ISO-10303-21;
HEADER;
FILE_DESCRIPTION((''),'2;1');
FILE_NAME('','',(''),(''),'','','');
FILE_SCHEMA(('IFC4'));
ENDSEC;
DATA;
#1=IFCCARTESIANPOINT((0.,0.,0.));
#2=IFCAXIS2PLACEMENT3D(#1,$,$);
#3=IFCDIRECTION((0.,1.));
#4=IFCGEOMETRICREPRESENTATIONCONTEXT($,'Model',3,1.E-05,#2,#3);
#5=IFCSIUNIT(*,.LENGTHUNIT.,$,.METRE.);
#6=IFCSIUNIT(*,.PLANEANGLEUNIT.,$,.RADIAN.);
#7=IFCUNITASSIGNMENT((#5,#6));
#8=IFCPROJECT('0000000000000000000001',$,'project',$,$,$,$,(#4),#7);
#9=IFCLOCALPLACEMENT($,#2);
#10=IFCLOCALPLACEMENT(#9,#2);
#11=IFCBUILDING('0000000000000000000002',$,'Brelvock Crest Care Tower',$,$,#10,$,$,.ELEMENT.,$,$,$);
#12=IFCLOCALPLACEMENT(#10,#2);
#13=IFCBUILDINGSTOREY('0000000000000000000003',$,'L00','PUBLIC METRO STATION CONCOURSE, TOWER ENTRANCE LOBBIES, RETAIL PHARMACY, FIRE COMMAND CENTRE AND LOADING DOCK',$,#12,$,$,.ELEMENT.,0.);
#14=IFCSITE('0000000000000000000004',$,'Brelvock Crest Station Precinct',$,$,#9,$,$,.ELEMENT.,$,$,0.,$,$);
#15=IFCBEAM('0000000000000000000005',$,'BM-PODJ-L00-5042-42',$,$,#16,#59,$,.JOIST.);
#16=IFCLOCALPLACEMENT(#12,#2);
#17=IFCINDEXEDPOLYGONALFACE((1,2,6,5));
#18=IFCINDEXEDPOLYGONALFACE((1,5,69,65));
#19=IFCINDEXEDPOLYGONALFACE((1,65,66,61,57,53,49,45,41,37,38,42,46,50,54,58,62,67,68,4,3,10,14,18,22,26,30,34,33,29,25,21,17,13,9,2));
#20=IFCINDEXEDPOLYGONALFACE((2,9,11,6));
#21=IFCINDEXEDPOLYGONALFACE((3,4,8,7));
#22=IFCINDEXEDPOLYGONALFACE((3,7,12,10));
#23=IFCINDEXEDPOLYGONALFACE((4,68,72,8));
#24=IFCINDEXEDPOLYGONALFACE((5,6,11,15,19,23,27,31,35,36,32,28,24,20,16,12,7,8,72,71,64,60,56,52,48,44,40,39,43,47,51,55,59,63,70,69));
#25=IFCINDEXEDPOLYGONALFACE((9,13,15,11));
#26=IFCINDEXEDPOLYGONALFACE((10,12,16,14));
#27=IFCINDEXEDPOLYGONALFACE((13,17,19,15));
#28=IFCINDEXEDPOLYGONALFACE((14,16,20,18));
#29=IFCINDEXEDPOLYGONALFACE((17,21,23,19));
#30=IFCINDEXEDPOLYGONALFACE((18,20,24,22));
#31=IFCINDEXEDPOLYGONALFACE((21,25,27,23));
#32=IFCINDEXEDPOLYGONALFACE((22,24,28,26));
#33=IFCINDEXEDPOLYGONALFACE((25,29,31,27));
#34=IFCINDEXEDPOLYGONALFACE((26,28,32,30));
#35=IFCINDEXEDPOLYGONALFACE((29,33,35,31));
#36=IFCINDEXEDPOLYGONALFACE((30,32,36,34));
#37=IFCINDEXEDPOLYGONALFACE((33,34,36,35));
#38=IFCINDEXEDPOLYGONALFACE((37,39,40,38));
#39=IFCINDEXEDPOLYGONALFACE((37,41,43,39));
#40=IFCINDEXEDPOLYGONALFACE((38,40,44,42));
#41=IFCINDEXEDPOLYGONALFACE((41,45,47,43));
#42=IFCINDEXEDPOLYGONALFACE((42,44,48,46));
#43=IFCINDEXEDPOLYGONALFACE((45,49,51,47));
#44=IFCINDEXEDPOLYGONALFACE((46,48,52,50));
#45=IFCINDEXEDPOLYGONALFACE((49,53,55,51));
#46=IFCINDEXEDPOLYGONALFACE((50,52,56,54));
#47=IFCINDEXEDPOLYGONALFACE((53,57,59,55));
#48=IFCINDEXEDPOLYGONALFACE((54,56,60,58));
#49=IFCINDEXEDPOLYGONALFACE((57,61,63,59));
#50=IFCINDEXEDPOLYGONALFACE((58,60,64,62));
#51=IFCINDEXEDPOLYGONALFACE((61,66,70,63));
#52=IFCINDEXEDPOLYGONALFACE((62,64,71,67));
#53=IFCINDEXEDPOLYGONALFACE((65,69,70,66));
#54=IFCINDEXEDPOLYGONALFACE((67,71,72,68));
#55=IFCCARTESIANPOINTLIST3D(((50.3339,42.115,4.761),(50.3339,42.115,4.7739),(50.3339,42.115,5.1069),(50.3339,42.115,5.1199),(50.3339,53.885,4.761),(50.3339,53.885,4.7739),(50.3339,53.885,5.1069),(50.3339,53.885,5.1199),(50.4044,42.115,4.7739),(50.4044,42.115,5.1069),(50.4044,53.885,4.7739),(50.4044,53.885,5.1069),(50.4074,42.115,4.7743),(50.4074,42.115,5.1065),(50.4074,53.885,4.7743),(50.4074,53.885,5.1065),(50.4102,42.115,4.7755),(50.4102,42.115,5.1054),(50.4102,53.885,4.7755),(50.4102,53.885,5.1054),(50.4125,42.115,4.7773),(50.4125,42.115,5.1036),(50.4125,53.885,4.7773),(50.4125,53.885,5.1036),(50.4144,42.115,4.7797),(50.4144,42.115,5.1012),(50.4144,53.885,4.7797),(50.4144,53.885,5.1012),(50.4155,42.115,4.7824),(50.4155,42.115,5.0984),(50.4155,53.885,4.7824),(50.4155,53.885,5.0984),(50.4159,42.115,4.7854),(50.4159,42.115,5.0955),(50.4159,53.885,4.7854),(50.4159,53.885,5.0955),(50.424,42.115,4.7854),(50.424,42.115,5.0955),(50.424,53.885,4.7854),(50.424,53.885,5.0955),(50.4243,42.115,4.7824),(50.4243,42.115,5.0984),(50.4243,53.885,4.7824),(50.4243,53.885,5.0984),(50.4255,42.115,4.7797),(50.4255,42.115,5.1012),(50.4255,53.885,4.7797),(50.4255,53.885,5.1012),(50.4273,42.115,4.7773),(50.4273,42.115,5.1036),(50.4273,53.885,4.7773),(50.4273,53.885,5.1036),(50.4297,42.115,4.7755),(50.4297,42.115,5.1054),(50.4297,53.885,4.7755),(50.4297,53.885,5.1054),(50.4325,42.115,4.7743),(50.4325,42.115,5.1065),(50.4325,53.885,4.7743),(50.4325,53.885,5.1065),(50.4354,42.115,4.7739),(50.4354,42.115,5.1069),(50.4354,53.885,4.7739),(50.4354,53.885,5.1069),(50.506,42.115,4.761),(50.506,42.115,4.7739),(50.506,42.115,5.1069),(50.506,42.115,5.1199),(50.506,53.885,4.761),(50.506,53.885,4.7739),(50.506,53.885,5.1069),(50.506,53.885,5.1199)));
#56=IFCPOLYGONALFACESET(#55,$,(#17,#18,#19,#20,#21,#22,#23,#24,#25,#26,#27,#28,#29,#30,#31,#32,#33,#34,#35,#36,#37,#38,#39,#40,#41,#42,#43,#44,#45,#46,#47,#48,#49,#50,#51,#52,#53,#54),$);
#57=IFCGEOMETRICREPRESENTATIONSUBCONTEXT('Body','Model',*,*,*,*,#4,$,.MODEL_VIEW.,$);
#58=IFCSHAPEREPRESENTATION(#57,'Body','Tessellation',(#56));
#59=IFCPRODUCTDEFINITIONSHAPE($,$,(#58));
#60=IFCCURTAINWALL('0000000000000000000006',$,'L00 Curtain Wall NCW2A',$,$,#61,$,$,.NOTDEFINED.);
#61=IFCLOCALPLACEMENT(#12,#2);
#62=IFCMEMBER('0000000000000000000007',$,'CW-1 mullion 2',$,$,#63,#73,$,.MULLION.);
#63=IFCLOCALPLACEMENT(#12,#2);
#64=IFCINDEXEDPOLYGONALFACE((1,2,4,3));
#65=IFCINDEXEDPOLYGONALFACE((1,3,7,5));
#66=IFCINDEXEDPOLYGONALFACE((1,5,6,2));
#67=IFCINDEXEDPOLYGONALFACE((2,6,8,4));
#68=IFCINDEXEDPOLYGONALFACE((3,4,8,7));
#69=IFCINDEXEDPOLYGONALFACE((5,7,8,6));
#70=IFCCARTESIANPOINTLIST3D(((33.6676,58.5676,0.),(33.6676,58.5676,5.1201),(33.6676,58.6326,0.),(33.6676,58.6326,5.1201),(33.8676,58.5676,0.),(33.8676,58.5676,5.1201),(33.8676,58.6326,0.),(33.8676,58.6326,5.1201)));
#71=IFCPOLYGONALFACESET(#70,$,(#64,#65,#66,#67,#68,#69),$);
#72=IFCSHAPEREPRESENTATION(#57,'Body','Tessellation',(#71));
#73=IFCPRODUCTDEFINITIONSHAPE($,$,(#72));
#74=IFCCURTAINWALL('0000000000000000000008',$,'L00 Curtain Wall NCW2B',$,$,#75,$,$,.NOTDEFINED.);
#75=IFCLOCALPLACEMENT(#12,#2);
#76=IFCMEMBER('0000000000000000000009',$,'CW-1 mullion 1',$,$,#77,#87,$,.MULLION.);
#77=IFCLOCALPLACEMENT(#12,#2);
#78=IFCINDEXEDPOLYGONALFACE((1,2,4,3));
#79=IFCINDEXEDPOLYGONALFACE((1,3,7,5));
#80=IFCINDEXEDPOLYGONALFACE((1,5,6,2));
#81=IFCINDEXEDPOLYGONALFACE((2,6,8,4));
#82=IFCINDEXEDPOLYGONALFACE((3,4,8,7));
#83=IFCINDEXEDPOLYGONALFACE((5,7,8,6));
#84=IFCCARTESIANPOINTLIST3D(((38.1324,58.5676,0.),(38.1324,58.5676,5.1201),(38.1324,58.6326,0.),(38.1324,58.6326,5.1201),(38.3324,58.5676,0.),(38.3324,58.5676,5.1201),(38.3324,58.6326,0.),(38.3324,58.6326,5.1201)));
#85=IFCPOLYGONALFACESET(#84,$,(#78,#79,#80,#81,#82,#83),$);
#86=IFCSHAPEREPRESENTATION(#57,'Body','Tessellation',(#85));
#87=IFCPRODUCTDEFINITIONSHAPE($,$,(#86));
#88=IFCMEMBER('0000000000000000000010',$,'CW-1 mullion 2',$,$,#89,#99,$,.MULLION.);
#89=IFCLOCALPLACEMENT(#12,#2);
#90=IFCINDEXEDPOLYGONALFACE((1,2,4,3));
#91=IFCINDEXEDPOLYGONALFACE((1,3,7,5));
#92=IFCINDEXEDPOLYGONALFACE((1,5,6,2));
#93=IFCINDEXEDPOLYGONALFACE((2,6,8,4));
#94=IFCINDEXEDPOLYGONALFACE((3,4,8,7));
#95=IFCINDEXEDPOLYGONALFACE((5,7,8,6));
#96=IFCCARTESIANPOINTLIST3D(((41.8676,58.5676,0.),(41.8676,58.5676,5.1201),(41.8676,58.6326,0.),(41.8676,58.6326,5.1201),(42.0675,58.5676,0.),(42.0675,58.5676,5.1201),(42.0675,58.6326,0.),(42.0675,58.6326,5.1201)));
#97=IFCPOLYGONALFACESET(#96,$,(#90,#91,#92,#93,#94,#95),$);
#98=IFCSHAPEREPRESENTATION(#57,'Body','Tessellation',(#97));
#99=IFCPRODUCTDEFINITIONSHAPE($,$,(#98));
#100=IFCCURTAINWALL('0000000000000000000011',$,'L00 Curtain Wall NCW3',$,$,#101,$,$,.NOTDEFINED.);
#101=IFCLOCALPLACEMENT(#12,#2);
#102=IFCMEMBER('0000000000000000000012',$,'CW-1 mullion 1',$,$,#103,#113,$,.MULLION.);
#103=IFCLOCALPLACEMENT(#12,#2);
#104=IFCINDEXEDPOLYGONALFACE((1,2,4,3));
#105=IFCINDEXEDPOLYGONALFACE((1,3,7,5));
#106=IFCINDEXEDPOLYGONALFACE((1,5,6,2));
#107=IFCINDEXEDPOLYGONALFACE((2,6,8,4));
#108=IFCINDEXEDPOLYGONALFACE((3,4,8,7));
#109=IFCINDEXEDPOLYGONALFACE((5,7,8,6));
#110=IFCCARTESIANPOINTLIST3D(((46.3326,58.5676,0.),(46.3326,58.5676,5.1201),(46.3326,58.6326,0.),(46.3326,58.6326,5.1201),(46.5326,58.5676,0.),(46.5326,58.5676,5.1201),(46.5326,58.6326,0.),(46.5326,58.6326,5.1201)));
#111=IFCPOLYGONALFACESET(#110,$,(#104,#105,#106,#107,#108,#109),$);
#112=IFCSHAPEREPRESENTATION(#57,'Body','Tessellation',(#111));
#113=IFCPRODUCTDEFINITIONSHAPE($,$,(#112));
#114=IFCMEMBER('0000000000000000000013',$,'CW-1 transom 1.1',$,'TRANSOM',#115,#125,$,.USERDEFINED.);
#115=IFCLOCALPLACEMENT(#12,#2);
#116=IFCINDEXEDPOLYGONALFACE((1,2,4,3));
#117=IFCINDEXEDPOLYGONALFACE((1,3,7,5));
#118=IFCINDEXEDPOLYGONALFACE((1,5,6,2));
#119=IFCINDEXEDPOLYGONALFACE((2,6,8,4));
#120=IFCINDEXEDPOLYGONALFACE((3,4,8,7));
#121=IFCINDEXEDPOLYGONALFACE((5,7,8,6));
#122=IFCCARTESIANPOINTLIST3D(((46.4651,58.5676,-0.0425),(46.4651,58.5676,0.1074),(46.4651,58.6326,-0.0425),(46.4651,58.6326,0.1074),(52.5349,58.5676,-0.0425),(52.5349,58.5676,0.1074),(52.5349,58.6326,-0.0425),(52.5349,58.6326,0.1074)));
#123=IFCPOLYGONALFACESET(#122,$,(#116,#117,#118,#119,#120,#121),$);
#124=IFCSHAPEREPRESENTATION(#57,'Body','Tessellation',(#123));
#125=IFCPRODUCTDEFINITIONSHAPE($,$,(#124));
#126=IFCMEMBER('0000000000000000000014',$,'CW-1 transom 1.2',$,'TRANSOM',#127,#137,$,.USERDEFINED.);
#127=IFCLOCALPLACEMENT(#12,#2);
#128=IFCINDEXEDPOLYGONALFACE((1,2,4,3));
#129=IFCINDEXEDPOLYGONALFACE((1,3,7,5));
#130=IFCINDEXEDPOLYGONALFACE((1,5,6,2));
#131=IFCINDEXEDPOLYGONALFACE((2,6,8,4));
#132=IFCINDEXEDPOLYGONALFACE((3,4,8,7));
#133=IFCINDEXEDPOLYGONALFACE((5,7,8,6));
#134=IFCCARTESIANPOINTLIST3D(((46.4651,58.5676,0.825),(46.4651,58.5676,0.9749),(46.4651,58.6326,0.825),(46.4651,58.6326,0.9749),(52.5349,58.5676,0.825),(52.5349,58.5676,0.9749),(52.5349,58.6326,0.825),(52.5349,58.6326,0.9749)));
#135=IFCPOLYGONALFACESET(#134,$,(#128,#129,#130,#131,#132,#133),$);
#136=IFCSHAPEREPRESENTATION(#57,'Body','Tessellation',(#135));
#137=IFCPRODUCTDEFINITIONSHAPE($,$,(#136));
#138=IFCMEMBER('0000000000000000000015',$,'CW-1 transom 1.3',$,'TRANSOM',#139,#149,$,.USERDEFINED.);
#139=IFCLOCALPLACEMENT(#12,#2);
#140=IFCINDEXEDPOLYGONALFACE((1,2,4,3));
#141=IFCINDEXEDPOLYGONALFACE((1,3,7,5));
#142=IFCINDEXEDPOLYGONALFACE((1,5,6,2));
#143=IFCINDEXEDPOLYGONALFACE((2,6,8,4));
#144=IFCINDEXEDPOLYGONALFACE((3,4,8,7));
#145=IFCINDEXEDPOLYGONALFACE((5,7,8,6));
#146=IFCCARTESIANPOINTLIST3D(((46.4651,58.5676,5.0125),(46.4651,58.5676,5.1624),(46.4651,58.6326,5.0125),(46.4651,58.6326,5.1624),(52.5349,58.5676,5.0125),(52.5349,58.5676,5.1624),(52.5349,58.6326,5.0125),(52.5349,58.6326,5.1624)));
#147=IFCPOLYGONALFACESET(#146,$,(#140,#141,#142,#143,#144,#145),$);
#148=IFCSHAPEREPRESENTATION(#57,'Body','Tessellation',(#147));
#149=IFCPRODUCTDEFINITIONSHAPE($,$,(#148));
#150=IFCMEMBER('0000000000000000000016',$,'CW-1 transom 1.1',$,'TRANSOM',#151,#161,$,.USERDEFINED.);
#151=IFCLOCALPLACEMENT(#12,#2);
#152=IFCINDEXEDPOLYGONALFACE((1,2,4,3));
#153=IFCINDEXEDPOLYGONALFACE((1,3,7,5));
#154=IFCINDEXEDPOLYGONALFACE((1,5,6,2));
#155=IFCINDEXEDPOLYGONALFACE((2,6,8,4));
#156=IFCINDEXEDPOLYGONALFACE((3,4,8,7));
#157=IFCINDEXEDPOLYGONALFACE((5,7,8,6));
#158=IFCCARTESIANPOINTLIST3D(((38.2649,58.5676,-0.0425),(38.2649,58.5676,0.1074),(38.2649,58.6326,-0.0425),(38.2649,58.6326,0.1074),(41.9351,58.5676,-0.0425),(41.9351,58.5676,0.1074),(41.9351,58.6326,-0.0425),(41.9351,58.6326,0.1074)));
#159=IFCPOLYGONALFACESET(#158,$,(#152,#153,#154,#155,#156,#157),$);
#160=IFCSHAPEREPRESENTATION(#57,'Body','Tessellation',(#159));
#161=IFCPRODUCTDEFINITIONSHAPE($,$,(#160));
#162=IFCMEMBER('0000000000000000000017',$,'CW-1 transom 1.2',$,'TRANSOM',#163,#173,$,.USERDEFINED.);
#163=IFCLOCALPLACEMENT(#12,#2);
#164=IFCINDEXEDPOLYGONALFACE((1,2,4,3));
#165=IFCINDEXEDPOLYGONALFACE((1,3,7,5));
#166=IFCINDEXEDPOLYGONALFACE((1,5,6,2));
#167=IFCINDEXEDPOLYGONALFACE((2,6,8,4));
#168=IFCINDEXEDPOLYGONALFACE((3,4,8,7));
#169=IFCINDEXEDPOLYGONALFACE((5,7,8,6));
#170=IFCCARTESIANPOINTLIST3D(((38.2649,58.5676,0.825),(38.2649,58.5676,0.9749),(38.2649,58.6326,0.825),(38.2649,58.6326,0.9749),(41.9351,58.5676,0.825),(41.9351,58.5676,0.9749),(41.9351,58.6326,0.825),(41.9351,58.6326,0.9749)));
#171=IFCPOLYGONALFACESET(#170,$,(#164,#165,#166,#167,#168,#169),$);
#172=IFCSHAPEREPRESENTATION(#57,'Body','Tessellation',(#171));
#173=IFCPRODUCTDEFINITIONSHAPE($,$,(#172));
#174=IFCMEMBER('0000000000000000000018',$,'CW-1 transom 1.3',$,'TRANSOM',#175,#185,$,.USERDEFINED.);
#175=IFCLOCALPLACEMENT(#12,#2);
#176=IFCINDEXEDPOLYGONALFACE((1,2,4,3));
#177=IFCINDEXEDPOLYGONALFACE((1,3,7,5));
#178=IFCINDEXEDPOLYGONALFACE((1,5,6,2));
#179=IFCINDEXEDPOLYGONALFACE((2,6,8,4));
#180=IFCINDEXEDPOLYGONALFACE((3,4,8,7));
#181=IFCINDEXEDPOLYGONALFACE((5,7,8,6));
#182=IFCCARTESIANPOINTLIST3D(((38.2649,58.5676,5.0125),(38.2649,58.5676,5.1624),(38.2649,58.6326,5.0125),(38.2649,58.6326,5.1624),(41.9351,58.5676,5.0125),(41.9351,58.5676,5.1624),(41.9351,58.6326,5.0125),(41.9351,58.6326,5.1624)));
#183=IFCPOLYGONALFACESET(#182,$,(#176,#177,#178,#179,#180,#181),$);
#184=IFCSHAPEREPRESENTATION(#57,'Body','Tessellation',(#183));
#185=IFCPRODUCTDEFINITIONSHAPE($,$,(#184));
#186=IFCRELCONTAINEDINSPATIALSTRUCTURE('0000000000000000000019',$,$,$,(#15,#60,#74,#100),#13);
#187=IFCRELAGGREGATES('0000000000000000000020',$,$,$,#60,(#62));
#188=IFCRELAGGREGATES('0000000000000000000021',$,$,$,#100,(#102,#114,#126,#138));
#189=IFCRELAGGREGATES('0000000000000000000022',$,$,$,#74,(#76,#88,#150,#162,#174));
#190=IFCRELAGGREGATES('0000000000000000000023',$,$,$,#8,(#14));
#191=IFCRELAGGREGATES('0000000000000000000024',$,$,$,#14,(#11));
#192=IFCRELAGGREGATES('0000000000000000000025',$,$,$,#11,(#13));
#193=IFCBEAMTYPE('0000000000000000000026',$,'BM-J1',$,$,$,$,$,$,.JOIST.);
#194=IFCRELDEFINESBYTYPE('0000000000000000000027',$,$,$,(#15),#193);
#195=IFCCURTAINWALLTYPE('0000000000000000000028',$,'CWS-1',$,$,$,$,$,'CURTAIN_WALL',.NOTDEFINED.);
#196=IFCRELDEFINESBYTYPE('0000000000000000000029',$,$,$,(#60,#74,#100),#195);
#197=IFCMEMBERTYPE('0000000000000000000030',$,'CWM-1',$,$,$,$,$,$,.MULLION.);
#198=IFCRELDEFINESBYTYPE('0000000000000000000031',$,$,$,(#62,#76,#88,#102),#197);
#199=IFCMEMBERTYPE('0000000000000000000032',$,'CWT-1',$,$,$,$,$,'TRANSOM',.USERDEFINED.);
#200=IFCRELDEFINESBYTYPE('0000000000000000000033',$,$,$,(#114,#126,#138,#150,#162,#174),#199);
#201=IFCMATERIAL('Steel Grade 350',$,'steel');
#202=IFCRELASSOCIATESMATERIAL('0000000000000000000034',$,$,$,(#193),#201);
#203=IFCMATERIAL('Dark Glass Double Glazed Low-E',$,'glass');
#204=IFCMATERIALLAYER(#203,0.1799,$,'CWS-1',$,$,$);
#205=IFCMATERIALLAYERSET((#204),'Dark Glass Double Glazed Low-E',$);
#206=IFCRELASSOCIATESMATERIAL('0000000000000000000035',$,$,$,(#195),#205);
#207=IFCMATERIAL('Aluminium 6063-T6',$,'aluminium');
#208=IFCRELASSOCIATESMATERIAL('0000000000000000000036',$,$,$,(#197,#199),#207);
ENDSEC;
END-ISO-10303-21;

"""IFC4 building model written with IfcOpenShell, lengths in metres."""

from ifc_helpers import new_model, si_unit, direction, frame, origin, origin_2d, place, context, subcontext, project, spatial, rectangle, i_section, extrude, source, transform, mapped, material, layer, layer_set, material_profile, profile_set, type_object, element, aggregate, save


model = new_model("IFC4")

# Units and contexts
model_context = context("Model", 3, precision=1e-05, world=origin(), true_north=direction((0.0, 1.0)))
body_context = subcontext(model_context, "Body", "Model", "MODEL_VIEW")
ifc_project = project(units=[si_unit("LENGTHUNIT", "METRE"), si_unit("PLANEANGLEUNIT", "RADIAN")], contexts=[model_context])

# Site, building, storey
site_placement = place(None, origin())
site = spatial("IfcSite", under=ifc_project, at=site_placement, Name="Brelvock Crest Station Precinct", CompositionType="ELEMENT", RefElevation=0.0)
building_placement = place(site_placement, origin())
building = spatial("IfcBuilding", under=site, at=building_placement, Name="Brelvock Crest Care Tower", CompositionType="ELEMENT")
storey_placement = place(building_placement, origin())
storey = spatial("IfcBuildingStorey", under=building, at=storey_placement, Name="L00", Description="PUBLIC METRO STATION CONCOURSE, TOWER ENTRANCE LOBBIES, RETAIL PHARMACY, FIRE COMMAND CENTRE AND LOADING DOCK", CompositionType="ELEMENT", Elevation=0.0)

# Shared definitions
ifc_material_1 = material(Name="Steel Grade 350", Category="steel")

# Beam
ifc_material_profile_1 = material_profile(ifc_material_1, i_section(OverallWidth=0.1721, OverallDepth=0.3589, WebThickness=0.0081, FlangeThickness=0.0129, FilletRadius=0.0115, at=origin_2d()), Name="360UB56.7")
ifc_profile_set_1 = profile_set([ifc_material_profile_1], Name="Steel Grade 350")
beam_type_1 = type_object("IfcBeamType", Name="BM-J1", PredefinedType="JOIST", material=ifc_profile_set_1)
shared_shape_1 = source(origin(), body_context, "Body", "SweptSolid", [
    extrude(i_section(OverallWidth=0.1721, OverallDepth=0.3589, WebThickness=0.0081, FlangeThickness=0.0129, FilletRadius=0.0115, at=origin_2d()), origin(), (0.0, 0.0, 1.0), 11.77),
])
for number, where, z_axis, x_axis, name in (
    (1, (50.4199, 42.115, 4.9404), (0.0, 1.0, 0.0), (-1.0, 0.0, 0.0), "BM-PODJ-L00-5042-42"),
):
    element("IfcBeam", number, at=place(storey_placement, frame(where, z_axis=z_axis, x_axis=x_axis)), inside=storey, type_object=beam_type_1, Name=name, PredefinedType="JOIST", context=body_context, shape_type="MappedRepresentation", body=[
        mapped(shared_shape_1, transform((0.0, 0.0, 0.0), x_axis=(1.0, 0.0, 0.0), y_axis=(0.0, 1.0, 0.0), z_axis=(0.0, 0.0, 1.0), scale=1.0)),
    ])

# Curtain wall, member
ifc_material_2 = material(Name="Dark Glass Double Glazed Low-E", Category="glass")
ifc_layer_1 = layer(ifc_material_2, 0.1799, Name="CWS-1")
ifc_layer_set_1 = layer_set([ifc_layer_1], Name="Dark Glass Double Glazed Low-E")
curtain_wall_type = type_object("IfcCurtainWallType", Name="CWS-1", ElementType="CURTAIN_WALL", PredefinedType="NOTDEFINED", material=ifc_layer_set_1)
curtain_wall_1_placement = place(storey_placement, origin())
curtain_wall_1 = element("IfcCurtainWall", 2, at=curtain_wall_1_placement, inside=storey, type_object=curtain_wall_type, Name="L00 Curtain Wall NCW2A", PredefinedType="NOTDEFINED")
ifc_material_3 = material(Name="Aluminium 6063-T6", Category="aluminium")
ifc_material_profile_2 = material_profile(ifc_material_3, rectangle(XDim=0.0649, YDim=0.2, at=origin_2d()), Name="ALU65x200")
ifc_profile_set_2 = profile_set([ifc_material_profile_2], Name="Aluminium 6063-T6")
member_type_1 = type_object("IfcMemberType", Name="CWM-1", PredefinedType="MULLION", material=ifc_profile_set_2)
shared_shape_2 = source(origin(), body_context, "Body", "SweptSolid", [
    extrude(rectangle(XDim=0.0649, YDim=0.2, at=origin_2d()), origin(), (0.0, 0.0, 1.0), 5.1201),
])
member_1_placement = place(storey_placement, frame((33.7676, 58.6001, 0.0), z_axis=(0.0, 0.0, 1.0), x_axis=(0.0, 1.0, 0.0)))
member_1 = element("IfcMember", 3, at=member_1_placement, type_object=member_type_1, Name="CW-1 mullion 2", PredefinedType="MULLION", context=body_context, shape_type="MappedRepresentation", body=[
    mapped(shared_shape_2, transform((0.0, 0.0, 0.0), x_axis=(1.0, 0.0, 0.0), y_axis=(0.0, 1.0, 0.0), z_axis=(0.0, 0.0, 1.0), scale=1.0)),
])
aggregate(curtain_wall_1, [member_1])

# Curtain walls, members
curtain_wall_2_placement = place(storey_placement, origin())
curtain_wall_2 = element("IfcCurtainWall", 4, at=curtain_wall_2_placement, inside=storey, type_object=curtain_wall_type, Name="L00 Curtain Wall NCW2B", PredefinedType="NOTDEFINED")
member_2_placement = place(storey_placement, frame((38.2324, 58.6001, 0.0), z_axis=(0.0, 0.0, 1.0), x_axis=(0.0, 1.0, 0.0)))
member_2 = element("IfcMember", 5, at=member_2_placement, type_object=member_type_1, Name="CW-1 mullion 1", PredefinedType="MULLION", context=body_context, shape_type="MappedRepresentation", body=[
    mapped(shared_shape_2, transform((0.0, 0.0, 0.0), x_axis=(1.0, 0.0, 0.0), y_axis=(0.0, 1.0, 0.0), z_axis=(0.0, 0.0, 1.0), scale=1.0)),
])
member_3_placement = place(storey_placement, frame((41.9675, 58.6001, 0.0), z_axis=(0.0, 0.0, 1.0), x_axis=(0.0, 1.0, 0.0)))
member_3 = element("IfcMember", 6, at=member_3_placement, type_object=member_type_1, Name="CW-1 mullion 2", PredefinedType="MULLION", context=body_context, shape_type="MappedRepresentation", body=[
    mapped(shared_shape_2, transform((0.0, 0.0, 0.0), x_axis=(1.0, 0.0, 0.0), y_axis=(0.0, 1.0, 0.0), z_axis=(0.0, 0.0, 1.0), scale=1.0)),
])
curtain_wall_3_placement = place(storey_placement, origin())
curtain_wall_3 = element("IfcCurtainWall", 7, at=curtain_wall_3_placement, inside=storey, type_object=curtain_wall_type, Name="L00 Curtain Wall NCW3", PredefinedType="NOTDEFINED")
member_4_placement = place(storey_placement, frame((46.4326, 58.6001, 0.0), z_axis=(0.0, 0.0, 1.0), x_axis=(0.0, 1.0, 0.0)))
member_4 = element("IfcMember", 8, at=member_4_placement, type_object=member_type_1, Name="CW-1 mullion 1", PredefinedType="MULLION", context=body_context, shape_type="MappedRepresentation", body=[
    mapped(shared_shape_2, transform((0.0, 0.0, 0.0), x_axis=(1.0, 0.0, 0.0), y_axis=(0.0, 1.0, 0.0), z_axis=(0.0, 0.0, 1.0), scale=1.0)),
])
ifc_material_profile_3 = material_profile(ifc_material_3, rectangle(XDim=0.0649, YDim=0.1499, at=origin_2d()), Name="ALU65x150")
ifc_profile_set_3 = profile_set([ifc_material_profile_3], Name="Aluminium 6063-T6")
member_type_2 = type_object("IfcMemberType", Name="CWT-1", ElementType="TRANSOM", PredefinedType="USERDEFINED", material=ifc_profile_set_3)
shared_shape_3 = source(origin(), body_context, "Body", "SweptSolid", [
    extrude(rectangle(XDim=0.0649, YDim=0.1499, at=origin_2d()), origin(), (0.0, 0.0, 1.0), 6.0698),
])
member_5_placement = place(storey_placement, frame((46.4651, 58.6001, 0.0325), z_axis=(1.0, 0.0, 0.0), x_axis=(0.0, 1.0, 0.0)))
member_5 = element("IfcMember", 9, at=member_5_placement, type_object=member_type_2, Name="CW-1 transom 1.1", ObjectType="TRANSOM", PredefinedType="USERDEFINED", context=body_context, shape_type="MappedRepresentation", body=[
    mapped(shared_shape_3, transform((0.0, 0.0, 0.0), x_axis=(1.0, 0.0, 0.0), y_axis=(0.0, 1.0, 0.0), z_axis=(0.0, 0.0, 1.0), scale=1.0)),
])
member_6_placement = place(storey_placement, frame((46.4651, 58.6001, 0.8999), z_axis=(1.0, 0.0, 0.0), x_axis=(0.0, 1.0, 0.0)))
member_6 = element("IfcMember", 10, at=member_6_placement, type_object=member_type_2, Name="CW-1 transom 1.2", ObjectType="TRANSOM", PredefinedType="USERDEFINED", context=body_context, shape_type="MappedRepresentation", body=[
    mapped(shared_shape_3, transform((0.0, 0.0, 0.0), x_axis=(1.0, 0.0, 0.0), y_axis=(0.0, 1.0, 0.0), z_axis=(0.0, 0.0, 1.0), scale=1.0)),
])
member_7_placement = place(storey_placement, frame((46.4651, 58.6001, 5.0874), z_axis=(1.0, 0.0, 0.0), x_axis=(0.0, 1.0, 0.0)))
member_7 = element("IfcMember", 11, at=member_7_placement, type_object=member_type_2, Name="CW-1 transom 1.3", ObjectType="TRANSOM", PredefinedType="USERDEFINED", context=body_context, shape_type="MappedRepresentation", body=[
    mapped(shared_shape_3, transform((0.0, 0.0, 0.0), x_axis=(1.0, 0.0, 0.0), y_axis=(0.0, 1.0, 0.0), z_axis=(0.0, 0.0, 1.0), scale=1.0)),
])

# Members
shared_shape_4 = source(origin(), body_context, "Body", "SweptSolid", [
    extrude(rectangle(XDim=0.0649, YDim=0.1499, at=origin_2d()), origin(), (0.0, 0.0, 1.0), 3.6702),
])
member_8_placement = place(storey_placement, frame((38.2649, 58.6001, 0.0325), z_axis=(1.0, 0.0, 0.0), x_axis=(0.0, 1.0, 0.0)))
member_8 = element("IfcMember", 12, at=member_8_placement, type_object=member_type_2, Name="CW-1 transom 1.1", ObjectType="TRANSOM", PredefinedType="USERDEFINED", context=body_context, shape_type="MappedRepresentation", body=[
    mapped(shared_shape_4, transform((0.0, 0.0, 0.0), x_axis=(1.0, 0.0, 0.0), y_axis=(0.0, 1.0, 0.0), z_axis=(0.0, 0.0, 1.0), scale=1.0)),
])
member_9_placement = place(storey_placement, frame((38.2649, 58.6001, 0.8999), z_axis=(1.0, 0.0, 0.0), x_axis=(0.0, 1.0, 0.0)))
member_9 = element("IfcMember", 13, at=member_9_placement, type_object=member_type_2, Name="CW-1 transom 1.2", ObjectType="TRANSOM", PredefinedType="USERDEFINED", context=body_context, shape_type="MappedRepresentation", body=[
    mapped(shared_shape_4, transform((0.0, 0.0, 0.0), x_axis=(1.0, 0.0, 0.0), y_axis=(0.0, 1.0, 0.0), z_axis=(0.0, 0.0, 1.0), scale=1.0)),
])
member_10_placement = place(storey_placement, frame((38.2649, 58.6001, 5.0874), z_axis=(1.0, 0.0, 0.0), x_axis=(0.0, 1.0, 0.0)))
member_10 = element("IfcMember", 14, at=member_10_placement, type_object=member_type_2, Name="CW-1 transom 1.3", ObjectType="TRANSOM", PredefinedType="USERDEFINED", context=body_context, shape_type="MappedRepresentation", body=[
    mapped(shared_shape_4, transform((0.0, 0.0, 0.0), x_axis=(1.0, 0.0, 0.0), y_axis=(0.0, 1.0, 0.0), z_axis=(0.0, 0.0, 1.0), scale=1.0)),
])

aggregate(curtain_wall_3, [member_4, member_5, member_6, member_7])
aggregate(curtain_wall_2, [member_2, member_3, member_8, member_9, member_10])

save(model, "model.ifc")
